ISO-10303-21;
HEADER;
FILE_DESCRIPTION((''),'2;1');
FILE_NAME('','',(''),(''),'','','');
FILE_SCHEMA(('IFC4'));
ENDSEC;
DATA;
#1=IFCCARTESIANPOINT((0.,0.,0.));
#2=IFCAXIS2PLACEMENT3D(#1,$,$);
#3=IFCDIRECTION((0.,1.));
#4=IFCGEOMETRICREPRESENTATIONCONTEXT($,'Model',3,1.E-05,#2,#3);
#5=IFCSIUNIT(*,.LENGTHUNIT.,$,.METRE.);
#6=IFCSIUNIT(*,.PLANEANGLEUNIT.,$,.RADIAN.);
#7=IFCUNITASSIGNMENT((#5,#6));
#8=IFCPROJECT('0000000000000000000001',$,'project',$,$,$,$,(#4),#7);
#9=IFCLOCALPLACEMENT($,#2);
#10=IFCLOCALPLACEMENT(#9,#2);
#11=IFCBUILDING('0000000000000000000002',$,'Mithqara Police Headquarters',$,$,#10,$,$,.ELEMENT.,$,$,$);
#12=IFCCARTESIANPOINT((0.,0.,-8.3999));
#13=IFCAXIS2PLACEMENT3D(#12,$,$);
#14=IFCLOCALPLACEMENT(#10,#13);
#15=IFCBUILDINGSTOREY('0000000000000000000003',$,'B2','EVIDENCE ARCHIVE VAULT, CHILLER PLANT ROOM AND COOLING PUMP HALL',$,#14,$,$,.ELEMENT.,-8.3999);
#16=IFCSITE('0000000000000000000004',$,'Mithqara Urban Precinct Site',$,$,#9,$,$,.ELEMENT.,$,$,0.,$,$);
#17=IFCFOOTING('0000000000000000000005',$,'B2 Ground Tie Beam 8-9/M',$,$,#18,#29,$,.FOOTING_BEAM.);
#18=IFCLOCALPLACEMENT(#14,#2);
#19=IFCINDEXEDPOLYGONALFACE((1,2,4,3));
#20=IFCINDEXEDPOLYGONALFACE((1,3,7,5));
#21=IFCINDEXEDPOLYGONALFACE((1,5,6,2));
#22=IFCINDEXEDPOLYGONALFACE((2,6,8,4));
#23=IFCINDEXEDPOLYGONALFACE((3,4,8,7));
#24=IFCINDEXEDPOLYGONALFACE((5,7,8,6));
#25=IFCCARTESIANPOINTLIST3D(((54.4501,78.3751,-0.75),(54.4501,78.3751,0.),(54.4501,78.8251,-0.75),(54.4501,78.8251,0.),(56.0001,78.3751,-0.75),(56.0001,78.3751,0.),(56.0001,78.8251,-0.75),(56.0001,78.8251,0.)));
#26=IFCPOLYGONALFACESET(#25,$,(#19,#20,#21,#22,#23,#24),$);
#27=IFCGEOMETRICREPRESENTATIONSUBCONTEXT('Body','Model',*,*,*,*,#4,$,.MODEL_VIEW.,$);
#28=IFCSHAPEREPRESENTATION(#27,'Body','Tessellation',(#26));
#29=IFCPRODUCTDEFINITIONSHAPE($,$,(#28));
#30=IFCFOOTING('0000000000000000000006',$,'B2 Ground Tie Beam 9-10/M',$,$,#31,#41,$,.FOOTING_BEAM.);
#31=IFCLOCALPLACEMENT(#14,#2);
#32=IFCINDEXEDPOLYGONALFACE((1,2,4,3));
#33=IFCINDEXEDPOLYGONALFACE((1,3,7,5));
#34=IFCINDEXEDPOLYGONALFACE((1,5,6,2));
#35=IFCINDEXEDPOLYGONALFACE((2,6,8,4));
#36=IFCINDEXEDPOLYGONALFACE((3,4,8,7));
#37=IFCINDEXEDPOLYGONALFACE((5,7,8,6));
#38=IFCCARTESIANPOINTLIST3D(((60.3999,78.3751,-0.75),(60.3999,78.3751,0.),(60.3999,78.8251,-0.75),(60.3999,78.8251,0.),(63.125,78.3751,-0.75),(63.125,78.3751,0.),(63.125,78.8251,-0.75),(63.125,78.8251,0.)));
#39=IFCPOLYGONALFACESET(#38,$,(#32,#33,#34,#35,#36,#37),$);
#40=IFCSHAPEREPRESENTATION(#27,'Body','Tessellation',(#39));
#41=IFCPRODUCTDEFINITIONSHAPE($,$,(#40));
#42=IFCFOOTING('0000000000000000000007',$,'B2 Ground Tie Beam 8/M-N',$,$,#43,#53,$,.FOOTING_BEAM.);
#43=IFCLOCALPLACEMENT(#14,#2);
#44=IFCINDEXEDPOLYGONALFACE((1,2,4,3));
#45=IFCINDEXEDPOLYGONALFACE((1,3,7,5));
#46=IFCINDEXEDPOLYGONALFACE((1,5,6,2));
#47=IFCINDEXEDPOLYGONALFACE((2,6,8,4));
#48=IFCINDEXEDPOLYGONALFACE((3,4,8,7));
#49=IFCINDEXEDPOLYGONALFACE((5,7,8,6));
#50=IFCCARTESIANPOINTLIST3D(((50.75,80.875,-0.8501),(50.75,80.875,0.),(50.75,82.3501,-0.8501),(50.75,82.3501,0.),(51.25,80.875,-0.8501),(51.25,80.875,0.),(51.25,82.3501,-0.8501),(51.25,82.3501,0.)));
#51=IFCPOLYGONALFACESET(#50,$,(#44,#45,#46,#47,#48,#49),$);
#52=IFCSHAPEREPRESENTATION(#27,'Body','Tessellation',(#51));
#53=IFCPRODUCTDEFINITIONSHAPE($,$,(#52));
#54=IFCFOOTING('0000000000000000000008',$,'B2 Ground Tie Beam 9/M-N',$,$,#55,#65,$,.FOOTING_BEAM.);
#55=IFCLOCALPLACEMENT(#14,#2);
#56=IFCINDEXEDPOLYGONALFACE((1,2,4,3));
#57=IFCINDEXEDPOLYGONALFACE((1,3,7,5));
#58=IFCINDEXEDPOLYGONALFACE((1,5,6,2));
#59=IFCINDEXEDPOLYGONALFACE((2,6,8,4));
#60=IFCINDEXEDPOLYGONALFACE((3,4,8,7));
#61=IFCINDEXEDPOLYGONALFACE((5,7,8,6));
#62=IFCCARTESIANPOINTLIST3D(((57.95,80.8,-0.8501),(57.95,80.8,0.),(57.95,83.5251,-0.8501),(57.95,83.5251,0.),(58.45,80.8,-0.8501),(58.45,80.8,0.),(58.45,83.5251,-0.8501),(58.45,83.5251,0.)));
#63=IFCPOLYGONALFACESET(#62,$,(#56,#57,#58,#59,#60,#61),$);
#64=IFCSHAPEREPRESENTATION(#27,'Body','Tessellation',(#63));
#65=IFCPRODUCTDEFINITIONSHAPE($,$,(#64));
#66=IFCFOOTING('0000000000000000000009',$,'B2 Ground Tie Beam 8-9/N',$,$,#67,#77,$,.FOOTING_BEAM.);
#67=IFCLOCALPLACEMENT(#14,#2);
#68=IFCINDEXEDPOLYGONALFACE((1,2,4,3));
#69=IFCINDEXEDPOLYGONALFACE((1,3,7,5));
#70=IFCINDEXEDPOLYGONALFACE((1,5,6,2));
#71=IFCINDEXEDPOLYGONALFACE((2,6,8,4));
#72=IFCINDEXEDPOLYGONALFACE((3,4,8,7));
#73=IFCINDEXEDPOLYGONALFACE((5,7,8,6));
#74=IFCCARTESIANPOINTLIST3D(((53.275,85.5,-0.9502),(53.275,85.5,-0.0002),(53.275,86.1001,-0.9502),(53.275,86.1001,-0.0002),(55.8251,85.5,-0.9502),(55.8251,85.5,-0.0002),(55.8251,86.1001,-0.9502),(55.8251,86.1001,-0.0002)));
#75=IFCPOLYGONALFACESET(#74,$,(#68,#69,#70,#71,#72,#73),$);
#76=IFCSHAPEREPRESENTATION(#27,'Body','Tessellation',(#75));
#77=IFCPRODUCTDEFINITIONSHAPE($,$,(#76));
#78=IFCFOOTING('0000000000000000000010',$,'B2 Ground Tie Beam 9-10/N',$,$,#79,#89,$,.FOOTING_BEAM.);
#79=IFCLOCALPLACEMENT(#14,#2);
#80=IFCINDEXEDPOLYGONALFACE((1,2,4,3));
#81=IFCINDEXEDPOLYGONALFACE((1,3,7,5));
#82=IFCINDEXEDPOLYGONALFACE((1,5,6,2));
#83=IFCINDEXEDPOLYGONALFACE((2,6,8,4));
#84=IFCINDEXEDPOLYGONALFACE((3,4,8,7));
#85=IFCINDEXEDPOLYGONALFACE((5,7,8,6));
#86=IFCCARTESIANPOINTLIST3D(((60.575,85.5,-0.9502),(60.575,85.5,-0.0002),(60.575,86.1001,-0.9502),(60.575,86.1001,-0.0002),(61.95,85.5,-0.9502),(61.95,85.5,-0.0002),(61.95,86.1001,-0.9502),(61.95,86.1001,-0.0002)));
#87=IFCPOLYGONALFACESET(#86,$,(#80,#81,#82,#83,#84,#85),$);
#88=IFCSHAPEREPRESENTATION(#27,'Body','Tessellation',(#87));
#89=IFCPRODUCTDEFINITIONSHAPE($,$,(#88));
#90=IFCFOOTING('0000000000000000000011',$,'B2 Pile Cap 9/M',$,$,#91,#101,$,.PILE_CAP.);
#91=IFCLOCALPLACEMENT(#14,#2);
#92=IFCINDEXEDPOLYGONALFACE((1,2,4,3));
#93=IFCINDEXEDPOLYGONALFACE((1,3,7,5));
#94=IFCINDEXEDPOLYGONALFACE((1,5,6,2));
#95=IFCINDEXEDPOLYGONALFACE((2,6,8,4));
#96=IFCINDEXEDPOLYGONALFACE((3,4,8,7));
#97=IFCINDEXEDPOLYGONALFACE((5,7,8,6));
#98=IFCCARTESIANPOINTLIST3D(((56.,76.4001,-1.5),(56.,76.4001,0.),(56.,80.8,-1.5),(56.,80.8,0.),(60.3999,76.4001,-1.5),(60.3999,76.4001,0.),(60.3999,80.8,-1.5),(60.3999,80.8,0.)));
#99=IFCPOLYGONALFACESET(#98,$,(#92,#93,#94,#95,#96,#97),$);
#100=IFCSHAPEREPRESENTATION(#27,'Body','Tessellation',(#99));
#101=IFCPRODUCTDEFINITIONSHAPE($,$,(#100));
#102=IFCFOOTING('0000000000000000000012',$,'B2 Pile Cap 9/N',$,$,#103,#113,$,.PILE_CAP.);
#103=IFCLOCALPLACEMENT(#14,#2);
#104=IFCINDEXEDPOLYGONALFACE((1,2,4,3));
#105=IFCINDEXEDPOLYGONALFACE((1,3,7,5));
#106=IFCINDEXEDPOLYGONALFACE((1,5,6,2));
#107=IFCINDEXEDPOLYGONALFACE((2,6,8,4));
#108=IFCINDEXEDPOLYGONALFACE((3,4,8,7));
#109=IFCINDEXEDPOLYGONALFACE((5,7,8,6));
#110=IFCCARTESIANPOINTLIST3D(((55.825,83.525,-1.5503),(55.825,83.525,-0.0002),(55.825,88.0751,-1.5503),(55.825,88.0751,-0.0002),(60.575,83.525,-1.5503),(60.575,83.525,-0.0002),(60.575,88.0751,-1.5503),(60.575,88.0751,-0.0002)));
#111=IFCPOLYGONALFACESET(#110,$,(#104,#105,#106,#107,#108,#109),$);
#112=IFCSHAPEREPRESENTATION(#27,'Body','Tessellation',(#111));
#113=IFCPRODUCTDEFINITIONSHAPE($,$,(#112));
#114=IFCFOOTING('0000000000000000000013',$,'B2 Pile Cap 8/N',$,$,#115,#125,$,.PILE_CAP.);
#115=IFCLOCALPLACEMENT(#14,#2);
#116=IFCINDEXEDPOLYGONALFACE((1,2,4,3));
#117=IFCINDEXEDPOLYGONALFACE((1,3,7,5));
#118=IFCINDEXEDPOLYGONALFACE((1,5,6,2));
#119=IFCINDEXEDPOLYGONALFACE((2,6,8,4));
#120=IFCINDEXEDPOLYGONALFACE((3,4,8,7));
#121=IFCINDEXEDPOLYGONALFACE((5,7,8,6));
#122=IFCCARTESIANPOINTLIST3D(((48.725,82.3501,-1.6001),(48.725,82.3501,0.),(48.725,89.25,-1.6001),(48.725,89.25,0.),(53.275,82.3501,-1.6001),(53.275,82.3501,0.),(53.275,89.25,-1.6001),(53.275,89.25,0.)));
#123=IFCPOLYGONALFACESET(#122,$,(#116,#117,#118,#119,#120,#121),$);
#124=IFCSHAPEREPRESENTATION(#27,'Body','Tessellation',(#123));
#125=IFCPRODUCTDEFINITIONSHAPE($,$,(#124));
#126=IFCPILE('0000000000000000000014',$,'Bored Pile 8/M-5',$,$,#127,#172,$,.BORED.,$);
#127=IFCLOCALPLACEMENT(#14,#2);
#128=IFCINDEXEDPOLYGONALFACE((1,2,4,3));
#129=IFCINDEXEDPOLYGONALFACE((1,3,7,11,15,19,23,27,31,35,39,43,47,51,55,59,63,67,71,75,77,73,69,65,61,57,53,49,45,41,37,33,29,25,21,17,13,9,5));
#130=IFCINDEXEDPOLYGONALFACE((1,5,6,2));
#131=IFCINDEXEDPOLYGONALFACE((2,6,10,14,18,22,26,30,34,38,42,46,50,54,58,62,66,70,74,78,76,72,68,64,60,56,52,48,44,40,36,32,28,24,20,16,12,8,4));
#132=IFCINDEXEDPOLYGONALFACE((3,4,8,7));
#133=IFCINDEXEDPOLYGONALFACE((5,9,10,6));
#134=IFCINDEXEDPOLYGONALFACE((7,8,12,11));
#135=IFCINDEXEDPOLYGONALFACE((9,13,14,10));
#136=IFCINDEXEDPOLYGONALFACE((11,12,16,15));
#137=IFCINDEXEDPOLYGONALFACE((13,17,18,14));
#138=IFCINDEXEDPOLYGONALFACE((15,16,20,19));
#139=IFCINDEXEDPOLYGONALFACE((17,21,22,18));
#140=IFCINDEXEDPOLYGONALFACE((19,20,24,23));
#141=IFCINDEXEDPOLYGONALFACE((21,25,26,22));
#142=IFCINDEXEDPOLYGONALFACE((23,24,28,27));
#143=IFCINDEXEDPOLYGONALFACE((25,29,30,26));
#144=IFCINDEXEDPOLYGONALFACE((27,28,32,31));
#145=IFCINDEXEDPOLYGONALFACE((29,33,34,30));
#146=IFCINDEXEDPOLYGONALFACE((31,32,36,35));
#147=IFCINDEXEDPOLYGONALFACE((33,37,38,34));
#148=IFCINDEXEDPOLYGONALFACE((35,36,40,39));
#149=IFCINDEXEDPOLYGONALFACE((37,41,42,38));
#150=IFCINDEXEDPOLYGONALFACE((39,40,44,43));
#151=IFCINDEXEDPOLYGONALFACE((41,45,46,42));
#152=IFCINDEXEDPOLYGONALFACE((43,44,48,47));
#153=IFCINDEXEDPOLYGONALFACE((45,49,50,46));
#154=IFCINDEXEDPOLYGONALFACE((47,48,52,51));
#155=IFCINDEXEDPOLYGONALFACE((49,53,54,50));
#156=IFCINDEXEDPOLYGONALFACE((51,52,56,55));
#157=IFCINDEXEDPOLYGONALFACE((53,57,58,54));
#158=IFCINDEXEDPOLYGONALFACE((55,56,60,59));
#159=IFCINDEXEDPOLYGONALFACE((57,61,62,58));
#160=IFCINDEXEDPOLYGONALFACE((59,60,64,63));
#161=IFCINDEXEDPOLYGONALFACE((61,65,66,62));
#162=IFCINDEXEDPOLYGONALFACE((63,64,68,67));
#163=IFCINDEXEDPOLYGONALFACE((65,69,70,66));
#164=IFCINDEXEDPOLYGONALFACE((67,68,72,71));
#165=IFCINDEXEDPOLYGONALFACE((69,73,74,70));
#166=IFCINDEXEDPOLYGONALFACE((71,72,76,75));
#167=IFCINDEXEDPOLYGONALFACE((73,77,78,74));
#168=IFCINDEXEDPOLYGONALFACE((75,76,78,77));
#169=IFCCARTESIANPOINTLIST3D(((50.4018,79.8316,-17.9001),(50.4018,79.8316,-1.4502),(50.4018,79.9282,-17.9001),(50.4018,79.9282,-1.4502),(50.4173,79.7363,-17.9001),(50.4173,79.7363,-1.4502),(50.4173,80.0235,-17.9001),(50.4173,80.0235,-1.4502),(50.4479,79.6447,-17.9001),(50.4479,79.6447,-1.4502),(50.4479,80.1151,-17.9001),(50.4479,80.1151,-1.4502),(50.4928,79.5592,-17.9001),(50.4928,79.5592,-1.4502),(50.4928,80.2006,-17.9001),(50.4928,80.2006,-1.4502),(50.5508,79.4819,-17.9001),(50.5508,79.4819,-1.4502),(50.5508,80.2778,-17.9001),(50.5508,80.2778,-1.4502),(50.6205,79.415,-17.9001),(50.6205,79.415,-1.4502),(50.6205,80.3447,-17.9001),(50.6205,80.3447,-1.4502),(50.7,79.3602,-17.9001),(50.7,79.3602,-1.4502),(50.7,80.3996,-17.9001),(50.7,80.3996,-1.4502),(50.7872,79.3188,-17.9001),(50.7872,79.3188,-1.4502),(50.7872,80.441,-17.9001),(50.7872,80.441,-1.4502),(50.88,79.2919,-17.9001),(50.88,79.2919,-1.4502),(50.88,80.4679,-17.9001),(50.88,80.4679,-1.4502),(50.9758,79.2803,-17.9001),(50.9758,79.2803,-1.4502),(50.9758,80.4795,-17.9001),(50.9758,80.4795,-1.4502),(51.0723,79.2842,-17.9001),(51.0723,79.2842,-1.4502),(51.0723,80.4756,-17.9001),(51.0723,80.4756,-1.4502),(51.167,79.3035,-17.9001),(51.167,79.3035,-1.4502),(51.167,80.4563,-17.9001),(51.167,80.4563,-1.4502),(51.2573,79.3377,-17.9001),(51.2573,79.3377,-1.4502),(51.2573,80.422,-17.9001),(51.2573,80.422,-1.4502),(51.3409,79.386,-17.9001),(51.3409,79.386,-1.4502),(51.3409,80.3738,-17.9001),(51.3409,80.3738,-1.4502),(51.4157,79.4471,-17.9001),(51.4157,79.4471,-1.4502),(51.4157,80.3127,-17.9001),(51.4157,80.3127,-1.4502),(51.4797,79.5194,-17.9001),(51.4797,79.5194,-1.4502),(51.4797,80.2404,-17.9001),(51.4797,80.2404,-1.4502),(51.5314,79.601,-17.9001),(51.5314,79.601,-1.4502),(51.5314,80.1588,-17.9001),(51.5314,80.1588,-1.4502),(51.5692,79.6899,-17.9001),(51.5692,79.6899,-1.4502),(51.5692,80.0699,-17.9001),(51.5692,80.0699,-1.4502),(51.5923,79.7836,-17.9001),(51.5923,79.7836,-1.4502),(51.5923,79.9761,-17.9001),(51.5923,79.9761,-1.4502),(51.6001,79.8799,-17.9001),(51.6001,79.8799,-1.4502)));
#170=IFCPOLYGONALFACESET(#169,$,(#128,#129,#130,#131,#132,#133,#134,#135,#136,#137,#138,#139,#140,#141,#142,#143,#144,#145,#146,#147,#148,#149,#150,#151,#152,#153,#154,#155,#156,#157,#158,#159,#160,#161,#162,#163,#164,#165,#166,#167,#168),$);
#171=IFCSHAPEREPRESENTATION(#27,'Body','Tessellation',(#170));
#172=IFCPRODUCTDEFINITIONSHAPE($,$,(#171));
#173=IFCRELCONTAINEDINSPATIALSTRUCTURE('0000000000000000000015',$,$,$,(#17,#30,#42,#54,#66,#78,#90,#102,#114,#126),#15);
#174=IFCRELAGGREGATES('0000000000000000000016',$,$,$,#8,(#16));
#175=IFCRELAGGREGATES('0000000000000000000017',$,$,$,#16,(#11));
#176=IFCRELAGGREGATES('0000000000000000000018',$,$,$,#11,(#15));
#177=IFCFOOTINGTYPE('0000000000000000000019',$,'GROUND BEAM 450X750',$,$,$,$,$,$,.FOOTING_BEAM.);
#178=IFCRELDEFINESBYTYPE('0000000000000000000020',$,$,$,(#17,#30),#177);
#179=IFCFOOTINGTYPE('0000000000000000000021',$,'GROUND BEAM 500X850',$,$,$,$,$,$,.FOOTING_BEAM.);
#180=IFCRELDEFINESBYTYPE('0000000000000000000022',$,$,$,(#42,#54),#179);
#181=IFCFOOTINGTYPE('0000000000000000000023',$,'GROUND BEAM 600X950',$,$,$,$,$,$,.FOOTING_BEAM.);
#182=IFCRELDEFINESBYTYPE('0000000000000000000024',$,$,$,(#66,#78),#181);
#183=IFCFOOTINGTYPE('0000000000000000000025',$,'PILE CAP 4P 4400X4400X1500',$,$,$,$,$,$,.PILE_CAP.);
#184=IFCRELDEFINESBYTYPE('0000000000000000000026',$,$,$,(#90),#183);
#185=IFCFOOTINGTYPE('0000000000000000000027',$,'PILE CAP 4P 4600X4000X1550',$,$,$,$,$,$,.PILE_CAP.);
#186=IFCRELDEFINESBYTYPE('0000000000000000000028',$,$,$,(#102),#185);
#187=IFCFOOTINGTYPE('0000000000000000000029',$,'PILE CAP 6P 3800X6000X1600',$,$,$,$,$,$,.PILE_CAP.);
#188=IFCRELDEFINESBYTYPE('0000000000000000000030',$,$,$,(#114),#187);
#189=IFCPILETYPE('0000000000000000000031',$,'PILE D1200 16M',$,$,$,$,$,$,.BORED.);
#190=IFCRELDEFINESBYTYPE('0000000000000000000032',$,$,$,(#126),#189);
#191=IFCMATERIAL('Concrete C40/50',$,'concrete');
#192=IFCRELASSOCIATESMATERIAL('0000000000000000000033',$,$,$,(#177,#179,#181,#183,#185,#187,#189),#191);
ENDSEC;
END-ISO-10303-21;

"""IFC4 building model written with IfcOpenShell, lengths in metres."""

from ifc_helpers import new_model, si_unit, direction, frame, origin, origin_2d, place, context, subcontext, project, spatial, rectangle, circle, extrude, material, material_profile, profile_set, type_object, element, save


model = new_model("IFC4")

# Units and contexts
model_context = context("Model", 3, precision=1e-05, world=origin(), true_north=direction((0.0, 1.0)))
body_context = subcontext(model_context, "Body", "Model", "MODEL_VIEW")
ifc_project = project(units=[si_unit("LENGTHUNIT", "METRE"), si_unit("PLANEANGLEUNIT", "RADIAN")], contexts=[model_context])

# Site, building, storey
site_placement = place(None, origin())
site = spatial("IfcSite", under=ifc_project, at=site_placement, Name="Mithqara Urban Precinct Site", CompositionType="ELEMENT", RefElevation=0.0)
building_placement = place(site_placement, origin())
building = spatial("IfcBuilding", under=site, at=building_placement, Name="Mithqara Police Headquarters", CompositionType="ELEMENT")
storey_placement = place(building_placement, frame((0.0, 0.0, -8.3999)))
storey = spatial("IfcBuildingStorey", under=building, at=storey_placement, Name="B2", Description="EVIDENCE ARCHIVE VAULT, CHILLER PLANT ROOM AND COOLING PUMP HALL", CompositionType="ELEMENT", Elevation=-8.3999)

# Footings
ifc_material_1 = material(Name="Concrete C40/50", Category="concrete")
footing_type_1 = type_object("IfcFootingType", Name="GROUND BEAM 450X750", PredefinedType="FOOTING_BEAM", material=ifc_material_1)
footing_1_placement = place(storey_placement, frame((55.2251, 78.6001, -0.75), z_axis=(0.0, 0.0, 1.0), x_axis=(1.0, 0.0, 0.0)))
element("IfcFooting", 1, at=footing_1_placement, inside=storey, type_object=footing_type_1, Name="B2 Ground Tie Beam 8-9/M", PredefinedType="FOOTING_BEAM", context=body_context, shape_type="SweptSolid", body=[
    extrude(rectangle(XDim=1.55, YDim=0.45, at=origin_2d()), origin(), (0.0, 0.0, 1.0), 0.75),
])
footing_2_placement = place(storey_placement, frame((61.7625, 78.6001, -0.75), z_axis=(0.0, 0.0, 1.0), x_axis=(1.0, 0.0, 0.0)))
element("IfcFooting", 2, at=footing_2_placement, inside=storey, type_object=footing_type_1, Name="B2 Ground Tie Beam 9-10/M", PredefinedType="FOOTING_BEAM", context=body_context, shape_type="SweptSolid", body=[
    extrude(rectangle(XDim=2.7251, YDim=0.45, at=origin_2d()), origin(), (0.0, 0.0, 1.0), 0.75),
])
footing_type_2 = type_object("IfcFootingType", Name="GROUND BEAM 500X850", PredefinedType="FOOTING_BEAM", material=ifc_material_1)
footing_3_placement = place(storey_placement, frame((51.0, 81.6125, -0.8501), z_axis=(0.0, 0.0, 1.0), x_axis=(1.0, 0.0, 0.0)))
element("IfcFooting", 3, at=footing_3_placement, inside=storey, type_object=footing_type_2, Name="B2 Ground Tie Beam 8/M-N", PredefinedType="FOOTING_BEAM", context=body_context, shape_type="SweptSolid", body=[
    extrude(rectangle(XDim=0.5, YDim=1.4751, at=origin_2d()), origin(), (0.0, 0.0, 1.0), 0.8501),
])
footing_4_placement = place(storey_placement, frame((58.2, 82.1626, -0.8501), z_axis=(0.0, 0.0, 1.0), x_axis=(1.0, 0.0, 0.0)))
element("IfcFooting", 4, at=footing_4_placement, inside=storey, type_object=footing_type_2, Name="B2 Ground Tie Beam 9/M-N", PredefinedType="FOOTING_BEAM", context=body_context, shape_type="SweptSolid", body=[
    extrude(rectangle(XDim=0.5, YDim=2.7251, at=origin_2d()), origin(), (0.0, 0.0, 1.0), 0.8501),
])
footing_type_3 = type_object("IfcFootingType", Name="GROUND BEAM 600X950", PredefinedType="FOOTING_BEAM", material=ifc_material_1)
footing_5_placement = place(storey_placement, frame((54.55, 85.8, -0.9502), z_axis=(0.0, 0.0, 1.0), x_axis=(1.0, 0.0, 0.0)))
element("IfcFooting", 5, at=footing_5_placement, inside=storey, type_object=footing_type_3, Name="B2 Ground Tie Beam 8-9/N", PredefinedType="FOOTING_BEAM", context=body_context, shape_type="SweptSolid", body=[
    extrude(rectangle(XDim=2.55, YDim=0.6001, at=origin_2d()), origin(), (0.0, 0.0, 1.0), 0.95),
])
footing_6_placement = place(storey_placement, frame((61.2625, 85.8, -0.9502), z_axis=(0.0, 0.0, 1.0), x_axis=(1.0, 0.0, 0.0)))
element("IfcFooting", 6, at=footing_6_placement, inside=storey, type_object=footing_type_3, Name="B2 Ground Tie Beam 9-10/N", PredefinedType="FOOTING_BEAM", context=body_context, shape_type="SweptSolid", body=[
    extrude(rectangle(XDim=1.375, YDim=0.6001, at=origin_2d()), origin(), (0.0, 0.0, 1.0), 0.95),
])
footing_type_4 = type_object("IfcFootingType", Name="PILE CAP 4P 4400X4400X1500", PredefinedType="PILE_CAP", material=ifc_material_1)
footing_7_placement = place(storey_placement, frame((58.2, 78.6001, -1.5), z_axis=(0.0, 0.0, 1.0), x_axis=(1.0, 0.0, 0.0)))
element("IfcFooting", 7, at=footing_7_placement, inside=storey, type_object=footing_type_4, Name="B2 Pile Cap 9/M", PredefinedType="PILE_CAP", context=body_context, shape_type="SweptSolid", body=[
    extrude(rectangle(XDim=4.3999, YDim=4.3999, at=origin_2d()), origin(), (0.0, 0.0, 1.0), 1.5),
])
footing_type_5 = type_object("IfcFootingType", Name="PILE CAP 4P 4600X4000X1550", PredefinedType="PILE_CAP", material=ifc_material_1)
footing_8_placement = place(storey_placement, frame((58.2, 85.8, -1.5503), z_axis=(0.0, 0.0, 1.0), x_axis=(1.0, 0.0, 0.0)))
element("IfcFooting", 8, at=footing_8_placement, inside=storey, type_object=footing_type_5, Name="B2 Pile Cap 9/N", PredefinedType="PILE_CAP", context=body_context, shape_type="SweptSolid", body=[
    extrude(rectangle(XDim=4.75, YDim=4.55, at=origin_2d()), origin(), (0.0, 0.0, 1.0), 1.55),
])
footing_type_6 = type_object("IfcFootingType", Name="PILE CAP 6P 3800X6000X1600", PredefinedType="PILE_CAP", material=ifc_material_1)
footing_9_placement = place(storey_placement, frame((51.0, 85.8, -1.6001), z_axis=(0.0, 0.0, 1.0), x_axis=(1.0, 0.0, 0.0)))
element("IfcFooting", 9, at=footing_9_placement, inside=storey, type_object=footing_type_6, Name="B2 Pile Cap 8/N", PredefinedType="PILE_CAP", context=body_context, shape_type="SweptSolid", body=[
    extrude(rectangle(XDim=4.55, YDim=6.8999, at=origin_2d()), origin(), (0.0, 0.0, 1.0), 1.6001),
])

# Pile
ifc_material_profile_1 = material_profile(ifc_material_1, circle(Radius=0.6001, at=origin_2d()), Name="PILE D1200")
ifc_profile_set_1 = profile_set([ifc_material_profile_1], Name="Concrete C40/50")
pile_type_1 = type_object("IfcPileType", Name="PILE D1200 16M", PredefinedType="BORED", material=ifc_profile_set_1)
for number, where, z_axis, x_axis, name in (
    (10, (51.0, 79.8799, -1.4502), (0.0, 0.0, -1.0), (1.0, 0.0, 0.0), "Bored Pile 8/M-5"),
):
    element("IfcPile", number, at=place(storey_placement, frame(where, z_axis=z_axis, x_axis=x_axis)), inside=storey, type_object=pile_type_1, Name=name, PredefinedType="BORED", context=body_context, shape_type="SweptSolid", body=[
        extrude(circle(Radius=0.6001, at=origin_2d()), origin(), (0.0, 0.0, 1.0), 16.45),
    ])

save(model, "model.ifc")
